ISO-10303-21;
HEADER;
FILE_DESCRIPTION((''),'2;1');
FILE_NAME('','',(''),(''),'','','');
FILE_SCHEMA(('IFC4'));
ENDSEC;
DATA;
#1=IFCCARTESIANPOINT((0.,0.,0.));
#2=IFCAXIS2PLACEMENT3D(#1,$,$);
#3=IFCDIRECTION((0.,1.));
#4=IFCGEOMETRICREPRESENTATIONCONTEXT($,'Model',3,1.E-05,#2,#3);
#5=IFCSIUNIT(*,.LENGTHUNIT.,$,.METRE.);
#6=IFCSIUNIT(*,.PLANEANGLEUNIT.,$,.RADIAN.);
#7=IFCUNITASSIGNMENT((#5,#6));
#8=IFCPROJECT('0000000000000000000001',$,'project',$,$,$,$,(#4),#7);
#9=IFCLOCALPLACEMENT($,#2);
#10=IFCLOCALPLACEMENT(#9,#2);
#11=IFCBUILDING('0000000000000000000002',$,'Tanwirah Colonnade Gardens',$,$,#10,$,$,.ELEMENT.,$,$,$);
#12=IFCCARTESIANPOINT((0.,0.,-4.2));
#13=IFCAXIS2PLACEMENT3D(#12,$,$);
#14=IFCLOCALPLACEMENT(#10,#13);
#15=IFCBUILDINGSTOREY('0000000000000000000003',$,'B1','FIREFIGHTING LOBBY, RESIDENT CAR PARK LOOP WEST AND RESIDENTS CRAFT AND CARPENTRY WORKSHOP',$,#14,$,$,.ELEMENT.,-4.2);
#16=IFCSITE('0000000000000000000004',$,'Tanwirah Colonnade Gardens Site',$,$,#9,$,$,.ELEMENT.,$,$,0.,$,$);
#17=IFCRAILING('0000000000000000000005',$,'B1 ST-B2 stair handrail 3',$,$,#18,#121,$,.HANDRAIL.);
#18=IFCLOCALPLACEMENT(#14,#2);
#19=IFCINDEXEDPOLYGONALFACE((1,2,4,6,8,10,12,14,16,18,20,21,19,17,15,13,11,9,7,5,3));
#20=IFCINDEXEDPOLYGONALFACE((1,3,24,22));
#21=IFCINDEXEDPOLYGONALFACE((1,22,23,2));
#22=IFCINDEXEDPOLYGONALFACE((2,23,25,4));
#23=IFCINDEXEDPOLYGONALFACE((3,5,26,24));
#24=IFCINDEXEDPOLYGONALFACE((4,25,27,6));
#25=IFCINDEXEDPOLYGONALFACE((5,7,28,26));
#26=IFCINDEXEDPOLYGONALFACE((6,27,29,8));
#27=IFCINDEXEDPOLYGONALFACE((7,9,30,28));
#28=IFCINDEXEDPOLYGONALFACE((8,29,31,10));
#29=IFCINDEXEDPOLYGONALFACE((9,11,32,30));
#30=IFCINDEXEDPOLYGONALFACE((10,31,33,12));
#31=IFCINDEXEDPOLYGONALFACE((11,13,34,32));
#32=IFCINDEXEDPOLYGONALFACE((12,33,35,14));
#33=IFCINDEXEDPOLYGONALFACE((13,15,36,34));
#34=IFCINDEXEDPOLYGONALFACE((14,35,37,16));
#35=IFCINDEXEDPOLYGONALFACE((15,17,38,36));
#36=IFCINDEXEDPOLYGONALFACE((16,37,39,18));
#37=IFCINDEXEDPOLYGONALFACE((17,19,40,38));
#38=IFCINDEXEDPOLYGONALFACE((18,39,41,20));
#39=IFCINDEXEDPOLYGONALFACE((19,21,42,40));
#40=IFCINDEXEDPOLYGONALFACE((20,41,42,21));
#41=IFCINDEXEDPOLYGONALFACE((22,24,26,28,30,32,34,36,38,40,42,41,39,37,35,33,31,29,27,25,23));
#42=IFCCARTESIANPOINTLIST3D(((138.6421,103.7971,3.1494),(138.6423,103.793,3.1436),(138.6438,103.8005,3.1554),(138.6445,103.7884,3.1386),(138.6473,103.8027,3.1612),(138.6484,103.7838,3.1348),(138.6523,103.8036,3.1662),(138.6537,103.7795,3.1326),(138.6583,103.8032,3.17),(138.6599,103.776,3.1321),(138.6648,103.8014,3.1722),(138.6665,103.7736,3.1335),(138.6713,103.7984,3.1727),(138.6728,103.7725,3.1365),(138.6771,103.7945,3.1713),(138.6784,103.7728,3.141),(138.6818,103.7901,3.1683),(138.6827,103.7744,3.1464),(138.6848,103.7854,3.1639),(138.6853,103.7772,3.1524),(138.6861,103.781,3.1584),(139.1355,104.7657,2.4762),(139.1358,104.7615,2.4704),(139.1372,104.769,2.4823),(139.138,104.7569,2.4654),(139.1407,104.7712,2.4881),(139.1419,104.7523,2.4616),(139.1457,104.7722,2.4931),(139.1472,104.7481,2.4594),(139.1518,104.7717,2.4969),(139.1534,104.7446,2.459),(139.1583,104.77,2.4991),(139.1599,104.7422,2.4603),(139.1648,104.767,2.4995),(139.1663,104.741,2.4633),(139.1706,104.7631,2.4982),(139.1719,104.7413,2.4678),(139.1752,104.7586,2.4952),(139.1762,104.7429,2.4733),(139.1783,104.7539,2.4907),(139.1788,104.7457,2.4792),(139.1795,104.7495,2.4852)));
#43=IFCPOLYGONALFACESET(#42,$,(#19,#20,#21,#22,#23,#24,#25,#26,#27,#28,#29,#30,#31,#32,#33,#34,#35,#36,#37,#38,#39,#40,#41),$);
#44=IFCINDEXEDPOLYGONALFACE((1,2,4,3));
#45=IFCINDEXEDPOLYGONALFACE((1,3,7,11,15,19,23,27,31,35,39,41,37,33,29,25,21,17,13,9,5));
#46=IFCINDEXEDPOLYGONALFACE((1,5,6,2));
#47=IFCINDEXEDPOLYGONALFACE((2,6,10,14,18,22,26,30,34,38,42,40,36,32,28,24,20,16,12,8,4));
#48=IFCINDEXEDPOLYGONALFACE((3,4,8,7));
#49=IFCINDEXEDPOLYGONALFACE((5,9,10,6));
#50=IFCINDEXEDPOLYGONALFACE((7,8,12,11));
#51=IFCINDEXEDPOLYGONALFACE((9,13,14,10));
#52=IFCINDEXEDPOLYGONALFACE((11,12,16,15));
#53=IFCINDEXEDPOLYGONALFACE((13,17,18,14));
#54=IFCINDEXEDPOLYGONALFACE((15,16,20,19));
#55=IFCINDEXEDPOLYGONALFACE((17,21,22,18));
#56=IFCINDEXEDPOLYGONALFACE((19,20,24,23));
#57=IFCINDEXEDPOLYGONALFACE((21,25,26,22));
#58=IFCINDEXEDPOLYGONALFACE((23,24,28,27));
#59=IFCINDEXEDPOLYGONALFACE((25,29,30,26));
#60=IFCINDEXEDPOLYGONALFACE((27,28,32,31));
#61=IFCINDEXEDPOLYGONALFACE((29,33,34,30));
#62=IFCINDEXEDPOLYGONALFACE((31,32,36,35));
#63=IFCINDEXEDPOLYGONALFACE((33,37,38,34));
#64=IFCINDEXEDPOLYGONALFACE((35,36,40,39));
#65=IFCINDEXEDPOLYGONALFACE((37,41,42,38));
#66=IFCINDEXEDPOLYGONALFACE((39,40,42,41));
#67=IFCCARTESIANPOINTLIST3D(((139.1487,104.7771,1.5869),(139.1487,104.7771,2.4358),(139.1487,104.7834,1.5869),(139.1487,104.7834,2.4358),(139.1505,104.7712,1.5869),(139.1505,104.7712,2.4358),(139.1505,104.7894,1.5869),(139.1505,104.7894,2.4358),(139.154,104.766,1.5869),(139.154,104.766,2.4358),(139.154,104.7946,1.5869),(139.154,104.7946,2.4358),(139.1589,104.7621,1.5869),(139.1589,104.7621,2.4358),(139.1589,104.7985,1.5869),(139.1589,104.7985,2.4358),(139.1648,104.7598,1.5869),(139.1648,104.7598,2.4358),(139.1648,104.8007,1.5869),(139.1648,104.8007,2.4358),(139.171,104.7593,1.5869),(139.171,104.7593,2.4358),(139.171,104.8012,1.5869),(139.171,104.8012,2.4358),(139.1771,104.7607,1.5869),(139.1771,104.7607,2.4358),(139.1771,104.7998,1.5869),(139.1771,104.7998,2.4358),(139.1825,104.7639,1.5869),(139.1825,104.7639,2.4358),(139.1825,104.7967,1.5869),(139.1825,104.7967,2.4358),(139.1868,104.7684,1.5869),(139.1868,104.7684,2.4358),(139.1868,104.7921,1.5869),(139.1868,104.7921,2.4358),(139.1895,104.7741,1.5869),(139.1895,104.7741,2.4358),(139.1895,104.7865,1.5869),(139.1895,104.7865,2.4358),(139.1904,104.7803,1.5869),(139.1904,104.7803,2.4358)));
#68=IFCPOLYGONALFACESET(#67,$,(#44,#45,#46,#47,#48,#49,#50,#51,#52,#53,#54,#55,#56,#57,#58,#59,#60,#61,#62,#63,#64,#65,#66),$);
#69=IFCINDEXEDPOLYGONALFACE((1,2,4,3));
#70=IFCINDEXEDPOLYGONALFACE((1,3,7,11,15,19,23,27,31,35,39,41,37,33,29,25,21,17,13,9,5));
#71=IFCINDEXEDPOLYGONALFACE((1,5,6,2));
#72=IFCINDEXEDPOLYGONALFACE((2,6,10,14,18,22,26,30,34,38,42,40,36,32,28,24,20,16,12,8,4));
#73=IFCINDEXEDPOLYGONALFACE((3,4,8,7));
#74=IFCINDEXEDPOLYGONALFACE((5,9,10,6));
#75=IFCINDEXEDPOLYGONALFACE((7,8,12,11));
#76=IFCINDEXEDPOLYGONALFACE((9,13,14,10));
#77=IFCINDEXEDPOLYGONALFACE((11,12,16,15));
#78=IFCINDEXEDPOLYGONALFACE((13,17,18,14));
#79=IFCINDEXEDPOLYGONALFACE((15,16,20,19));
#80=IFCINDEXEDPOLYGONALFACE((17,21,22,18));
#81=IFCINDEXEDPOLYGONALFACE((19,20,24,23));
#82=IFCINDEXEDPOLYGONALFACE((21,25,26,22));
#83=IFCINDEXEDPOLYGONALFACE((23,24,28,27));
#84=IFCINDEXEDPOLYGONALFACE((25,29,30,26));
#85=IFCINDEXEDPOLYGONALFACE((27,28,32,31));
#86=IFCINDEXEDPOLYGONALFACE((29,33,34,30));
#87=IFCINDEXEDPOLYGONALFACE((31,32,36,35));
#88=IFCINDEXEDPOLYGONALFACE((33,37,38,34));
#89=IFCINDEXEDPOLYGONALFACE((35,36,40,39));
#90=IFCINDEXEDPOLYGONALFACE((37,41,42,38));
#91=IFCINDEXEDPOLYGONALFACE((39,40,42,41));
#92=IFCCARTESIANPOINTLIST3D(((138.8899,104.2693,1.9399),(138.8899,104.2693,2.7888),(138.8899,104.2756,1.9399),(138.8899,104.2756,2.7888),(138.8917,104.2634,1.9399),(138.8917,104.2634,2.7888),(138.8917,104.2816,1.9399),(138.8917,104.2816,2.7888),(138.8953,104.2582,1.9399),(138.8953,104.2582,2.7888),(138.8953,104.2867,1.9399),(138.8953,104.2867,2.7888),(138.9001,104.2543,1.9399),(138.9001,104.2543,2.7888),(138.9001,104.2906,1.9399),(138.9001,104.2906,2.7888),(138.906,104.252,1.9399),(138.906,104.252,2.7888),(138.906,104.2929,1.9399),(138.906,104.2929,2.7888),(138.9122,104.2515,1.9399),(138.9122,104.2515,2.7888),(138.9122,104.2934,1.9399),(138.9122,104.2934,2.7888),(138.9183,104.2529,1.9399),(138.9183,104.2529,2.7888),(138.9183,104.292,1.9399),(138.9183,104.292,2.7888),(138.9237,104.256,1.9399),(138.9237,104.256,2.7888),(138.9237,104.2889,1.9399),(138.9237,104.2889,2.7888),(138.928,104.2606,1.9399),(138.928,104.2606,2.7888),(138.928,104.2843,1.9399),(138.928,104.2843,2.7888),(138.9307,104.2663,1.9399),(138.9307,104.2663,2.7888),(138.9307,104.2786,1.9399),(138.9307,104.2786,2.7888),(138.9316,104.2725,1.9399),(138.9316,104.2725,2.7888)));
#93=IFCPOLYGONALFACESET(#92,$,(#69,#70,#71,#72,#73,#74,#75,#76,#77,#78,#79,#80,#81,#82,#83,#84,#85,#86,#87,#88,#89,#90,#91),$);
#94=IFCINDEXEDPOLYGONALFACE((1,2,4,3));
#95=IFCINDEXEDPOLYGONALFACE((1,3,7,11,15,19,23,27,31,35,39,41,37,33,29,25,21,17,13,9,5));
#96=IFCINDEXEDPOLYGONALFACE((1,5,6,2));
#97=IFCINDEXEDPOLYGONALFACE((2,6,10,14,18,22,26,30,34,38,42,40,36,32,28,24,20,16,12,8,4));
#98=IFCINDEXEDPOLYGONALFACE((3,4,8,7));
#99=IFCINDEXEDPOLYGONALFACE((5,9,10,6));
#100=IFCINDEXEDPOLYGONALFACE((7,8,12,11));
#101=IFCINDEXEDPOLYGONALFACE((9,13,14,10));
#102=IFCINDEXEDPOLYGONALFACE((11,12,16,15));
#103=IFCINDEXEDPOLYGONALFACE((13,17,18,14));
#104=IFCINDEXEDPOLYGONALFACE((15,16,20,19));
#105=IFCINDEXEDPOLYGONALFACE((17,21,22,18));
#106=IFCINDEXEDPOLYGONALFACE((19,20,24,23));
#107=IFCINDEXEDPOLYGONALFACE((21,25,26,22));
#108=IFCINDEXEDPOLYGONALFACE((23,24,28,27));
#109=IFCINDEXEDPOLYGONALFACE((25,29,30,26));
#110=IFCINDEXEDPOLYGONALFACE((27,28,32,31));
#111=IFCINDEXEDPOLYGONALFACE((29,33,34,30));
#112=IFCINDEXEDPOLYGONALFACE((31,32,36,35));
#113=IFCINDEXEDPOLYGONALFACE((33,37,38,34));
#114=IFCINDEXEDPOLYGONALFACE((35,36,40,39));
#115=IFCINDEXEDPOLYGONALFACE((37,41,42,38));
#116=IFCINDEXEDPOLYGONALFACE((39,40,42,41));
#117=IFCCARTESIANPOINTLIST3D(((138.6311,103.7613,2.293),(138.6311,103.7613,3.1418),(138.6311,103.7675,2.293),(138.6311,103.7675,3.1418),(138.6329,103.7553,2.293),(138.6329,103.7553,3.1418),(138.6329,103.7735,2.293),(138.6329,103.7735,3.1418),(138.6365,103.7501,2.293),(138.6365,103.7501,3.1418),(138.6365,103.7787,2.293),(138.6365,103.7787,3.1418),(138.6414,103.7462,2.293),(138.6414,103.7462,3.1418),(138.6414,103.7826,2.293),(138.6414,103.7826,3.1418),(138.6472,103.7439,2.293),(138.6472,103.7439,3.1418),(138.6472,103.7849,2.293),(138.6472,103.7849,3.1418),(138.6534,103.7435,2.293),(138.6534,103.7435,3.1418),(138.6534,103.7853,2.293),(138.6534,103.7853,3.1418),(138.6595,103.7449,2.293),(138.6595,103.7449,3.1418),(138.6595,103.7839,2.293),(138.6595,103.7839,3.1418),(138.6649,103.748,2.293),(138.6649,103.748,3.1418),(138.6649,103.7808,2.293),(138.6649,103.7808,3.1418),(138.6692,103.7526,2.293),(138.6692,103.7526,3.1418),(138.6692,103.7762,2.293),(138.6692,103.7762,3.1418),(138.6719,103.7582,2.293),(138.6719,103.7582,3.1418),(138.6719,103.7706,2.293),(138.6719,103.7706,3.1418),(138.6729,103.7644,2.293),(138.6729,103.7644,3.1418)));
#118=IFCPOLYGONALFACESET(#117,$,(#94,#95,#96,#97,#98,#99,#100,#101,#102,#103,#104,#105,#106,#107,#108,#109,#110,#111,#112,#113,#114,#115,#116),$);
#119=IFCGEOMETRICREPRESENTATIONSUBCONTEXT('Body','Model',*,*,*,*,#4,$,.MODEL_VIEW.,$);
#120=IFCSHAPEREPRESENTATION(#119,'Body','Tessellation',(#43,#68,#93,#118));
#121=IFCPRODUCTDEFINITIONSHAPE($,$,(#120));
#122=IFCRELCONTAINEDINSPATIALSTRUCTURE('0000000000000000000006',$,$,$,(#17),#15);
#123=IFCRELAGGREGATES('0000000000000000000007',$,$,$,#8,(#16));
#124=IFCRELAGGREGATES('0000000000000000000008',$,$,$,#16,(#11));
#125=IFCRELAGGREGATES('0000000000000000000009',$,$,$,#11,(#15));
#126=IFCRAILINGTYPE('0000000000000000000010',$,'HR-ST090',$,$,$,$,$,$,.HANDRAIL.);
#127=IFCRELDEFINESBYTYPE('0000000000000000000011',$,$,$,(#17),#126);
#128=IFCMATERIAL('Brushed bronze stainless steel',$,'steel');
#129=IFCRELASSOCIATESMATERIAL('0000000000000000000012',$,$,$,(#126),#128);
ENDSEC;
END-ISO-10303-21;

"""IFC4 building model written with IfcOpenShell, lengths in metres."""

from ifc_helpers import new_model, si_unit, direction, frame, origin, origin_2d, place, context, subcontext, project, spatial, circle, extrude, material, type_object, element, save


model = new_model("IFC4")

# Units and contexts
model_context = context("Model", 3, precision=1e-05, world=origin(), true_north=direction((0.0, 1.0)))
body_context = subcontext(model_context, "Body", "Model", "MODEL_VIEW")
ifc_project = project(units=[si_unit("LENGTHUNIT", "METRE"), si_unit("PLANEANGLEUNIT", "RADIAN")], contexts=[model_context])

# Site, building, storey
site_placement = place(None, origin())
site = spatial("IfcSite", under=ifc_project, at=site_placement, Name="Tanwirah Colonnade Gardens Site", CompositionType="ELEMENT", RefElevation=0.0)
building_placement = place(site_placement, origin())
building = spatial("IfcBuilding", under=site, at=building_placement, Name="Tanwirah Colonnade Gardens", CompositionType="ELEMENT")
storey_placement = place(building_placement, frame((0.0, 0.0, -4.2)))
storey = spatial("IfcBuildingStorey", under=building, at=storey_placement, Name="B1", Description="FIREFIGHTING LOBBY, RESIDENT CAR PARK LOOP WEST AND RESIDENTS CRAFT AND CARPENTRY WORKSHOP", CompositionType="ELEMENT", Elevation=-4.2)

# Railing
ifc_material_1 = material(Name="Brushed bronze stainless steel", Category="steel")
railing_type_1 = type_object("IfcRailingType", Name="HR-ST090", PredefinedType="HANDRAIL", material=ifc_material_1)
railing_1_placement = place(storey_placement, frame((139.1694, 104.7803, 1.5869)))
element("IfcRailing", 1, at=railing_1_placement, inside=storey, type_object=railing_type_1, Name="B1 ST-B2 stair handrail 3", PredefinedType="HANDRAIL", context=body_context, shape_type="SweptSolid", body=[
    extrude(circle(Radius=0.0239, at=origin_2d()), frame((-0.012, -0.0237, 0.8923), z_axis=(-0.385953, -0.757523, 0.526498), x_axis=(0.891018, -0.453967, 0.0)), (0.0, 0.0, 1.0), 1.2786),
    extrude(circle(Radius=0.021, at=origin_2d()), origin(), (0.0, 0.0, 1.0), 0.8489),
    extrude(circle(Radius=0.021, at=origin_2d()), frame((-0.2588, -0.5078, 0.353)), (0.0, 0.0, 1.0), 0.8489),
    extrude(circle(Radius=0.021, at=origin_2d()), frame((-0.5176, -1.0159, 0.7061)), (0.0, 0.0, 1.0), 0.8489),
])

save(model, "model.ifc")
